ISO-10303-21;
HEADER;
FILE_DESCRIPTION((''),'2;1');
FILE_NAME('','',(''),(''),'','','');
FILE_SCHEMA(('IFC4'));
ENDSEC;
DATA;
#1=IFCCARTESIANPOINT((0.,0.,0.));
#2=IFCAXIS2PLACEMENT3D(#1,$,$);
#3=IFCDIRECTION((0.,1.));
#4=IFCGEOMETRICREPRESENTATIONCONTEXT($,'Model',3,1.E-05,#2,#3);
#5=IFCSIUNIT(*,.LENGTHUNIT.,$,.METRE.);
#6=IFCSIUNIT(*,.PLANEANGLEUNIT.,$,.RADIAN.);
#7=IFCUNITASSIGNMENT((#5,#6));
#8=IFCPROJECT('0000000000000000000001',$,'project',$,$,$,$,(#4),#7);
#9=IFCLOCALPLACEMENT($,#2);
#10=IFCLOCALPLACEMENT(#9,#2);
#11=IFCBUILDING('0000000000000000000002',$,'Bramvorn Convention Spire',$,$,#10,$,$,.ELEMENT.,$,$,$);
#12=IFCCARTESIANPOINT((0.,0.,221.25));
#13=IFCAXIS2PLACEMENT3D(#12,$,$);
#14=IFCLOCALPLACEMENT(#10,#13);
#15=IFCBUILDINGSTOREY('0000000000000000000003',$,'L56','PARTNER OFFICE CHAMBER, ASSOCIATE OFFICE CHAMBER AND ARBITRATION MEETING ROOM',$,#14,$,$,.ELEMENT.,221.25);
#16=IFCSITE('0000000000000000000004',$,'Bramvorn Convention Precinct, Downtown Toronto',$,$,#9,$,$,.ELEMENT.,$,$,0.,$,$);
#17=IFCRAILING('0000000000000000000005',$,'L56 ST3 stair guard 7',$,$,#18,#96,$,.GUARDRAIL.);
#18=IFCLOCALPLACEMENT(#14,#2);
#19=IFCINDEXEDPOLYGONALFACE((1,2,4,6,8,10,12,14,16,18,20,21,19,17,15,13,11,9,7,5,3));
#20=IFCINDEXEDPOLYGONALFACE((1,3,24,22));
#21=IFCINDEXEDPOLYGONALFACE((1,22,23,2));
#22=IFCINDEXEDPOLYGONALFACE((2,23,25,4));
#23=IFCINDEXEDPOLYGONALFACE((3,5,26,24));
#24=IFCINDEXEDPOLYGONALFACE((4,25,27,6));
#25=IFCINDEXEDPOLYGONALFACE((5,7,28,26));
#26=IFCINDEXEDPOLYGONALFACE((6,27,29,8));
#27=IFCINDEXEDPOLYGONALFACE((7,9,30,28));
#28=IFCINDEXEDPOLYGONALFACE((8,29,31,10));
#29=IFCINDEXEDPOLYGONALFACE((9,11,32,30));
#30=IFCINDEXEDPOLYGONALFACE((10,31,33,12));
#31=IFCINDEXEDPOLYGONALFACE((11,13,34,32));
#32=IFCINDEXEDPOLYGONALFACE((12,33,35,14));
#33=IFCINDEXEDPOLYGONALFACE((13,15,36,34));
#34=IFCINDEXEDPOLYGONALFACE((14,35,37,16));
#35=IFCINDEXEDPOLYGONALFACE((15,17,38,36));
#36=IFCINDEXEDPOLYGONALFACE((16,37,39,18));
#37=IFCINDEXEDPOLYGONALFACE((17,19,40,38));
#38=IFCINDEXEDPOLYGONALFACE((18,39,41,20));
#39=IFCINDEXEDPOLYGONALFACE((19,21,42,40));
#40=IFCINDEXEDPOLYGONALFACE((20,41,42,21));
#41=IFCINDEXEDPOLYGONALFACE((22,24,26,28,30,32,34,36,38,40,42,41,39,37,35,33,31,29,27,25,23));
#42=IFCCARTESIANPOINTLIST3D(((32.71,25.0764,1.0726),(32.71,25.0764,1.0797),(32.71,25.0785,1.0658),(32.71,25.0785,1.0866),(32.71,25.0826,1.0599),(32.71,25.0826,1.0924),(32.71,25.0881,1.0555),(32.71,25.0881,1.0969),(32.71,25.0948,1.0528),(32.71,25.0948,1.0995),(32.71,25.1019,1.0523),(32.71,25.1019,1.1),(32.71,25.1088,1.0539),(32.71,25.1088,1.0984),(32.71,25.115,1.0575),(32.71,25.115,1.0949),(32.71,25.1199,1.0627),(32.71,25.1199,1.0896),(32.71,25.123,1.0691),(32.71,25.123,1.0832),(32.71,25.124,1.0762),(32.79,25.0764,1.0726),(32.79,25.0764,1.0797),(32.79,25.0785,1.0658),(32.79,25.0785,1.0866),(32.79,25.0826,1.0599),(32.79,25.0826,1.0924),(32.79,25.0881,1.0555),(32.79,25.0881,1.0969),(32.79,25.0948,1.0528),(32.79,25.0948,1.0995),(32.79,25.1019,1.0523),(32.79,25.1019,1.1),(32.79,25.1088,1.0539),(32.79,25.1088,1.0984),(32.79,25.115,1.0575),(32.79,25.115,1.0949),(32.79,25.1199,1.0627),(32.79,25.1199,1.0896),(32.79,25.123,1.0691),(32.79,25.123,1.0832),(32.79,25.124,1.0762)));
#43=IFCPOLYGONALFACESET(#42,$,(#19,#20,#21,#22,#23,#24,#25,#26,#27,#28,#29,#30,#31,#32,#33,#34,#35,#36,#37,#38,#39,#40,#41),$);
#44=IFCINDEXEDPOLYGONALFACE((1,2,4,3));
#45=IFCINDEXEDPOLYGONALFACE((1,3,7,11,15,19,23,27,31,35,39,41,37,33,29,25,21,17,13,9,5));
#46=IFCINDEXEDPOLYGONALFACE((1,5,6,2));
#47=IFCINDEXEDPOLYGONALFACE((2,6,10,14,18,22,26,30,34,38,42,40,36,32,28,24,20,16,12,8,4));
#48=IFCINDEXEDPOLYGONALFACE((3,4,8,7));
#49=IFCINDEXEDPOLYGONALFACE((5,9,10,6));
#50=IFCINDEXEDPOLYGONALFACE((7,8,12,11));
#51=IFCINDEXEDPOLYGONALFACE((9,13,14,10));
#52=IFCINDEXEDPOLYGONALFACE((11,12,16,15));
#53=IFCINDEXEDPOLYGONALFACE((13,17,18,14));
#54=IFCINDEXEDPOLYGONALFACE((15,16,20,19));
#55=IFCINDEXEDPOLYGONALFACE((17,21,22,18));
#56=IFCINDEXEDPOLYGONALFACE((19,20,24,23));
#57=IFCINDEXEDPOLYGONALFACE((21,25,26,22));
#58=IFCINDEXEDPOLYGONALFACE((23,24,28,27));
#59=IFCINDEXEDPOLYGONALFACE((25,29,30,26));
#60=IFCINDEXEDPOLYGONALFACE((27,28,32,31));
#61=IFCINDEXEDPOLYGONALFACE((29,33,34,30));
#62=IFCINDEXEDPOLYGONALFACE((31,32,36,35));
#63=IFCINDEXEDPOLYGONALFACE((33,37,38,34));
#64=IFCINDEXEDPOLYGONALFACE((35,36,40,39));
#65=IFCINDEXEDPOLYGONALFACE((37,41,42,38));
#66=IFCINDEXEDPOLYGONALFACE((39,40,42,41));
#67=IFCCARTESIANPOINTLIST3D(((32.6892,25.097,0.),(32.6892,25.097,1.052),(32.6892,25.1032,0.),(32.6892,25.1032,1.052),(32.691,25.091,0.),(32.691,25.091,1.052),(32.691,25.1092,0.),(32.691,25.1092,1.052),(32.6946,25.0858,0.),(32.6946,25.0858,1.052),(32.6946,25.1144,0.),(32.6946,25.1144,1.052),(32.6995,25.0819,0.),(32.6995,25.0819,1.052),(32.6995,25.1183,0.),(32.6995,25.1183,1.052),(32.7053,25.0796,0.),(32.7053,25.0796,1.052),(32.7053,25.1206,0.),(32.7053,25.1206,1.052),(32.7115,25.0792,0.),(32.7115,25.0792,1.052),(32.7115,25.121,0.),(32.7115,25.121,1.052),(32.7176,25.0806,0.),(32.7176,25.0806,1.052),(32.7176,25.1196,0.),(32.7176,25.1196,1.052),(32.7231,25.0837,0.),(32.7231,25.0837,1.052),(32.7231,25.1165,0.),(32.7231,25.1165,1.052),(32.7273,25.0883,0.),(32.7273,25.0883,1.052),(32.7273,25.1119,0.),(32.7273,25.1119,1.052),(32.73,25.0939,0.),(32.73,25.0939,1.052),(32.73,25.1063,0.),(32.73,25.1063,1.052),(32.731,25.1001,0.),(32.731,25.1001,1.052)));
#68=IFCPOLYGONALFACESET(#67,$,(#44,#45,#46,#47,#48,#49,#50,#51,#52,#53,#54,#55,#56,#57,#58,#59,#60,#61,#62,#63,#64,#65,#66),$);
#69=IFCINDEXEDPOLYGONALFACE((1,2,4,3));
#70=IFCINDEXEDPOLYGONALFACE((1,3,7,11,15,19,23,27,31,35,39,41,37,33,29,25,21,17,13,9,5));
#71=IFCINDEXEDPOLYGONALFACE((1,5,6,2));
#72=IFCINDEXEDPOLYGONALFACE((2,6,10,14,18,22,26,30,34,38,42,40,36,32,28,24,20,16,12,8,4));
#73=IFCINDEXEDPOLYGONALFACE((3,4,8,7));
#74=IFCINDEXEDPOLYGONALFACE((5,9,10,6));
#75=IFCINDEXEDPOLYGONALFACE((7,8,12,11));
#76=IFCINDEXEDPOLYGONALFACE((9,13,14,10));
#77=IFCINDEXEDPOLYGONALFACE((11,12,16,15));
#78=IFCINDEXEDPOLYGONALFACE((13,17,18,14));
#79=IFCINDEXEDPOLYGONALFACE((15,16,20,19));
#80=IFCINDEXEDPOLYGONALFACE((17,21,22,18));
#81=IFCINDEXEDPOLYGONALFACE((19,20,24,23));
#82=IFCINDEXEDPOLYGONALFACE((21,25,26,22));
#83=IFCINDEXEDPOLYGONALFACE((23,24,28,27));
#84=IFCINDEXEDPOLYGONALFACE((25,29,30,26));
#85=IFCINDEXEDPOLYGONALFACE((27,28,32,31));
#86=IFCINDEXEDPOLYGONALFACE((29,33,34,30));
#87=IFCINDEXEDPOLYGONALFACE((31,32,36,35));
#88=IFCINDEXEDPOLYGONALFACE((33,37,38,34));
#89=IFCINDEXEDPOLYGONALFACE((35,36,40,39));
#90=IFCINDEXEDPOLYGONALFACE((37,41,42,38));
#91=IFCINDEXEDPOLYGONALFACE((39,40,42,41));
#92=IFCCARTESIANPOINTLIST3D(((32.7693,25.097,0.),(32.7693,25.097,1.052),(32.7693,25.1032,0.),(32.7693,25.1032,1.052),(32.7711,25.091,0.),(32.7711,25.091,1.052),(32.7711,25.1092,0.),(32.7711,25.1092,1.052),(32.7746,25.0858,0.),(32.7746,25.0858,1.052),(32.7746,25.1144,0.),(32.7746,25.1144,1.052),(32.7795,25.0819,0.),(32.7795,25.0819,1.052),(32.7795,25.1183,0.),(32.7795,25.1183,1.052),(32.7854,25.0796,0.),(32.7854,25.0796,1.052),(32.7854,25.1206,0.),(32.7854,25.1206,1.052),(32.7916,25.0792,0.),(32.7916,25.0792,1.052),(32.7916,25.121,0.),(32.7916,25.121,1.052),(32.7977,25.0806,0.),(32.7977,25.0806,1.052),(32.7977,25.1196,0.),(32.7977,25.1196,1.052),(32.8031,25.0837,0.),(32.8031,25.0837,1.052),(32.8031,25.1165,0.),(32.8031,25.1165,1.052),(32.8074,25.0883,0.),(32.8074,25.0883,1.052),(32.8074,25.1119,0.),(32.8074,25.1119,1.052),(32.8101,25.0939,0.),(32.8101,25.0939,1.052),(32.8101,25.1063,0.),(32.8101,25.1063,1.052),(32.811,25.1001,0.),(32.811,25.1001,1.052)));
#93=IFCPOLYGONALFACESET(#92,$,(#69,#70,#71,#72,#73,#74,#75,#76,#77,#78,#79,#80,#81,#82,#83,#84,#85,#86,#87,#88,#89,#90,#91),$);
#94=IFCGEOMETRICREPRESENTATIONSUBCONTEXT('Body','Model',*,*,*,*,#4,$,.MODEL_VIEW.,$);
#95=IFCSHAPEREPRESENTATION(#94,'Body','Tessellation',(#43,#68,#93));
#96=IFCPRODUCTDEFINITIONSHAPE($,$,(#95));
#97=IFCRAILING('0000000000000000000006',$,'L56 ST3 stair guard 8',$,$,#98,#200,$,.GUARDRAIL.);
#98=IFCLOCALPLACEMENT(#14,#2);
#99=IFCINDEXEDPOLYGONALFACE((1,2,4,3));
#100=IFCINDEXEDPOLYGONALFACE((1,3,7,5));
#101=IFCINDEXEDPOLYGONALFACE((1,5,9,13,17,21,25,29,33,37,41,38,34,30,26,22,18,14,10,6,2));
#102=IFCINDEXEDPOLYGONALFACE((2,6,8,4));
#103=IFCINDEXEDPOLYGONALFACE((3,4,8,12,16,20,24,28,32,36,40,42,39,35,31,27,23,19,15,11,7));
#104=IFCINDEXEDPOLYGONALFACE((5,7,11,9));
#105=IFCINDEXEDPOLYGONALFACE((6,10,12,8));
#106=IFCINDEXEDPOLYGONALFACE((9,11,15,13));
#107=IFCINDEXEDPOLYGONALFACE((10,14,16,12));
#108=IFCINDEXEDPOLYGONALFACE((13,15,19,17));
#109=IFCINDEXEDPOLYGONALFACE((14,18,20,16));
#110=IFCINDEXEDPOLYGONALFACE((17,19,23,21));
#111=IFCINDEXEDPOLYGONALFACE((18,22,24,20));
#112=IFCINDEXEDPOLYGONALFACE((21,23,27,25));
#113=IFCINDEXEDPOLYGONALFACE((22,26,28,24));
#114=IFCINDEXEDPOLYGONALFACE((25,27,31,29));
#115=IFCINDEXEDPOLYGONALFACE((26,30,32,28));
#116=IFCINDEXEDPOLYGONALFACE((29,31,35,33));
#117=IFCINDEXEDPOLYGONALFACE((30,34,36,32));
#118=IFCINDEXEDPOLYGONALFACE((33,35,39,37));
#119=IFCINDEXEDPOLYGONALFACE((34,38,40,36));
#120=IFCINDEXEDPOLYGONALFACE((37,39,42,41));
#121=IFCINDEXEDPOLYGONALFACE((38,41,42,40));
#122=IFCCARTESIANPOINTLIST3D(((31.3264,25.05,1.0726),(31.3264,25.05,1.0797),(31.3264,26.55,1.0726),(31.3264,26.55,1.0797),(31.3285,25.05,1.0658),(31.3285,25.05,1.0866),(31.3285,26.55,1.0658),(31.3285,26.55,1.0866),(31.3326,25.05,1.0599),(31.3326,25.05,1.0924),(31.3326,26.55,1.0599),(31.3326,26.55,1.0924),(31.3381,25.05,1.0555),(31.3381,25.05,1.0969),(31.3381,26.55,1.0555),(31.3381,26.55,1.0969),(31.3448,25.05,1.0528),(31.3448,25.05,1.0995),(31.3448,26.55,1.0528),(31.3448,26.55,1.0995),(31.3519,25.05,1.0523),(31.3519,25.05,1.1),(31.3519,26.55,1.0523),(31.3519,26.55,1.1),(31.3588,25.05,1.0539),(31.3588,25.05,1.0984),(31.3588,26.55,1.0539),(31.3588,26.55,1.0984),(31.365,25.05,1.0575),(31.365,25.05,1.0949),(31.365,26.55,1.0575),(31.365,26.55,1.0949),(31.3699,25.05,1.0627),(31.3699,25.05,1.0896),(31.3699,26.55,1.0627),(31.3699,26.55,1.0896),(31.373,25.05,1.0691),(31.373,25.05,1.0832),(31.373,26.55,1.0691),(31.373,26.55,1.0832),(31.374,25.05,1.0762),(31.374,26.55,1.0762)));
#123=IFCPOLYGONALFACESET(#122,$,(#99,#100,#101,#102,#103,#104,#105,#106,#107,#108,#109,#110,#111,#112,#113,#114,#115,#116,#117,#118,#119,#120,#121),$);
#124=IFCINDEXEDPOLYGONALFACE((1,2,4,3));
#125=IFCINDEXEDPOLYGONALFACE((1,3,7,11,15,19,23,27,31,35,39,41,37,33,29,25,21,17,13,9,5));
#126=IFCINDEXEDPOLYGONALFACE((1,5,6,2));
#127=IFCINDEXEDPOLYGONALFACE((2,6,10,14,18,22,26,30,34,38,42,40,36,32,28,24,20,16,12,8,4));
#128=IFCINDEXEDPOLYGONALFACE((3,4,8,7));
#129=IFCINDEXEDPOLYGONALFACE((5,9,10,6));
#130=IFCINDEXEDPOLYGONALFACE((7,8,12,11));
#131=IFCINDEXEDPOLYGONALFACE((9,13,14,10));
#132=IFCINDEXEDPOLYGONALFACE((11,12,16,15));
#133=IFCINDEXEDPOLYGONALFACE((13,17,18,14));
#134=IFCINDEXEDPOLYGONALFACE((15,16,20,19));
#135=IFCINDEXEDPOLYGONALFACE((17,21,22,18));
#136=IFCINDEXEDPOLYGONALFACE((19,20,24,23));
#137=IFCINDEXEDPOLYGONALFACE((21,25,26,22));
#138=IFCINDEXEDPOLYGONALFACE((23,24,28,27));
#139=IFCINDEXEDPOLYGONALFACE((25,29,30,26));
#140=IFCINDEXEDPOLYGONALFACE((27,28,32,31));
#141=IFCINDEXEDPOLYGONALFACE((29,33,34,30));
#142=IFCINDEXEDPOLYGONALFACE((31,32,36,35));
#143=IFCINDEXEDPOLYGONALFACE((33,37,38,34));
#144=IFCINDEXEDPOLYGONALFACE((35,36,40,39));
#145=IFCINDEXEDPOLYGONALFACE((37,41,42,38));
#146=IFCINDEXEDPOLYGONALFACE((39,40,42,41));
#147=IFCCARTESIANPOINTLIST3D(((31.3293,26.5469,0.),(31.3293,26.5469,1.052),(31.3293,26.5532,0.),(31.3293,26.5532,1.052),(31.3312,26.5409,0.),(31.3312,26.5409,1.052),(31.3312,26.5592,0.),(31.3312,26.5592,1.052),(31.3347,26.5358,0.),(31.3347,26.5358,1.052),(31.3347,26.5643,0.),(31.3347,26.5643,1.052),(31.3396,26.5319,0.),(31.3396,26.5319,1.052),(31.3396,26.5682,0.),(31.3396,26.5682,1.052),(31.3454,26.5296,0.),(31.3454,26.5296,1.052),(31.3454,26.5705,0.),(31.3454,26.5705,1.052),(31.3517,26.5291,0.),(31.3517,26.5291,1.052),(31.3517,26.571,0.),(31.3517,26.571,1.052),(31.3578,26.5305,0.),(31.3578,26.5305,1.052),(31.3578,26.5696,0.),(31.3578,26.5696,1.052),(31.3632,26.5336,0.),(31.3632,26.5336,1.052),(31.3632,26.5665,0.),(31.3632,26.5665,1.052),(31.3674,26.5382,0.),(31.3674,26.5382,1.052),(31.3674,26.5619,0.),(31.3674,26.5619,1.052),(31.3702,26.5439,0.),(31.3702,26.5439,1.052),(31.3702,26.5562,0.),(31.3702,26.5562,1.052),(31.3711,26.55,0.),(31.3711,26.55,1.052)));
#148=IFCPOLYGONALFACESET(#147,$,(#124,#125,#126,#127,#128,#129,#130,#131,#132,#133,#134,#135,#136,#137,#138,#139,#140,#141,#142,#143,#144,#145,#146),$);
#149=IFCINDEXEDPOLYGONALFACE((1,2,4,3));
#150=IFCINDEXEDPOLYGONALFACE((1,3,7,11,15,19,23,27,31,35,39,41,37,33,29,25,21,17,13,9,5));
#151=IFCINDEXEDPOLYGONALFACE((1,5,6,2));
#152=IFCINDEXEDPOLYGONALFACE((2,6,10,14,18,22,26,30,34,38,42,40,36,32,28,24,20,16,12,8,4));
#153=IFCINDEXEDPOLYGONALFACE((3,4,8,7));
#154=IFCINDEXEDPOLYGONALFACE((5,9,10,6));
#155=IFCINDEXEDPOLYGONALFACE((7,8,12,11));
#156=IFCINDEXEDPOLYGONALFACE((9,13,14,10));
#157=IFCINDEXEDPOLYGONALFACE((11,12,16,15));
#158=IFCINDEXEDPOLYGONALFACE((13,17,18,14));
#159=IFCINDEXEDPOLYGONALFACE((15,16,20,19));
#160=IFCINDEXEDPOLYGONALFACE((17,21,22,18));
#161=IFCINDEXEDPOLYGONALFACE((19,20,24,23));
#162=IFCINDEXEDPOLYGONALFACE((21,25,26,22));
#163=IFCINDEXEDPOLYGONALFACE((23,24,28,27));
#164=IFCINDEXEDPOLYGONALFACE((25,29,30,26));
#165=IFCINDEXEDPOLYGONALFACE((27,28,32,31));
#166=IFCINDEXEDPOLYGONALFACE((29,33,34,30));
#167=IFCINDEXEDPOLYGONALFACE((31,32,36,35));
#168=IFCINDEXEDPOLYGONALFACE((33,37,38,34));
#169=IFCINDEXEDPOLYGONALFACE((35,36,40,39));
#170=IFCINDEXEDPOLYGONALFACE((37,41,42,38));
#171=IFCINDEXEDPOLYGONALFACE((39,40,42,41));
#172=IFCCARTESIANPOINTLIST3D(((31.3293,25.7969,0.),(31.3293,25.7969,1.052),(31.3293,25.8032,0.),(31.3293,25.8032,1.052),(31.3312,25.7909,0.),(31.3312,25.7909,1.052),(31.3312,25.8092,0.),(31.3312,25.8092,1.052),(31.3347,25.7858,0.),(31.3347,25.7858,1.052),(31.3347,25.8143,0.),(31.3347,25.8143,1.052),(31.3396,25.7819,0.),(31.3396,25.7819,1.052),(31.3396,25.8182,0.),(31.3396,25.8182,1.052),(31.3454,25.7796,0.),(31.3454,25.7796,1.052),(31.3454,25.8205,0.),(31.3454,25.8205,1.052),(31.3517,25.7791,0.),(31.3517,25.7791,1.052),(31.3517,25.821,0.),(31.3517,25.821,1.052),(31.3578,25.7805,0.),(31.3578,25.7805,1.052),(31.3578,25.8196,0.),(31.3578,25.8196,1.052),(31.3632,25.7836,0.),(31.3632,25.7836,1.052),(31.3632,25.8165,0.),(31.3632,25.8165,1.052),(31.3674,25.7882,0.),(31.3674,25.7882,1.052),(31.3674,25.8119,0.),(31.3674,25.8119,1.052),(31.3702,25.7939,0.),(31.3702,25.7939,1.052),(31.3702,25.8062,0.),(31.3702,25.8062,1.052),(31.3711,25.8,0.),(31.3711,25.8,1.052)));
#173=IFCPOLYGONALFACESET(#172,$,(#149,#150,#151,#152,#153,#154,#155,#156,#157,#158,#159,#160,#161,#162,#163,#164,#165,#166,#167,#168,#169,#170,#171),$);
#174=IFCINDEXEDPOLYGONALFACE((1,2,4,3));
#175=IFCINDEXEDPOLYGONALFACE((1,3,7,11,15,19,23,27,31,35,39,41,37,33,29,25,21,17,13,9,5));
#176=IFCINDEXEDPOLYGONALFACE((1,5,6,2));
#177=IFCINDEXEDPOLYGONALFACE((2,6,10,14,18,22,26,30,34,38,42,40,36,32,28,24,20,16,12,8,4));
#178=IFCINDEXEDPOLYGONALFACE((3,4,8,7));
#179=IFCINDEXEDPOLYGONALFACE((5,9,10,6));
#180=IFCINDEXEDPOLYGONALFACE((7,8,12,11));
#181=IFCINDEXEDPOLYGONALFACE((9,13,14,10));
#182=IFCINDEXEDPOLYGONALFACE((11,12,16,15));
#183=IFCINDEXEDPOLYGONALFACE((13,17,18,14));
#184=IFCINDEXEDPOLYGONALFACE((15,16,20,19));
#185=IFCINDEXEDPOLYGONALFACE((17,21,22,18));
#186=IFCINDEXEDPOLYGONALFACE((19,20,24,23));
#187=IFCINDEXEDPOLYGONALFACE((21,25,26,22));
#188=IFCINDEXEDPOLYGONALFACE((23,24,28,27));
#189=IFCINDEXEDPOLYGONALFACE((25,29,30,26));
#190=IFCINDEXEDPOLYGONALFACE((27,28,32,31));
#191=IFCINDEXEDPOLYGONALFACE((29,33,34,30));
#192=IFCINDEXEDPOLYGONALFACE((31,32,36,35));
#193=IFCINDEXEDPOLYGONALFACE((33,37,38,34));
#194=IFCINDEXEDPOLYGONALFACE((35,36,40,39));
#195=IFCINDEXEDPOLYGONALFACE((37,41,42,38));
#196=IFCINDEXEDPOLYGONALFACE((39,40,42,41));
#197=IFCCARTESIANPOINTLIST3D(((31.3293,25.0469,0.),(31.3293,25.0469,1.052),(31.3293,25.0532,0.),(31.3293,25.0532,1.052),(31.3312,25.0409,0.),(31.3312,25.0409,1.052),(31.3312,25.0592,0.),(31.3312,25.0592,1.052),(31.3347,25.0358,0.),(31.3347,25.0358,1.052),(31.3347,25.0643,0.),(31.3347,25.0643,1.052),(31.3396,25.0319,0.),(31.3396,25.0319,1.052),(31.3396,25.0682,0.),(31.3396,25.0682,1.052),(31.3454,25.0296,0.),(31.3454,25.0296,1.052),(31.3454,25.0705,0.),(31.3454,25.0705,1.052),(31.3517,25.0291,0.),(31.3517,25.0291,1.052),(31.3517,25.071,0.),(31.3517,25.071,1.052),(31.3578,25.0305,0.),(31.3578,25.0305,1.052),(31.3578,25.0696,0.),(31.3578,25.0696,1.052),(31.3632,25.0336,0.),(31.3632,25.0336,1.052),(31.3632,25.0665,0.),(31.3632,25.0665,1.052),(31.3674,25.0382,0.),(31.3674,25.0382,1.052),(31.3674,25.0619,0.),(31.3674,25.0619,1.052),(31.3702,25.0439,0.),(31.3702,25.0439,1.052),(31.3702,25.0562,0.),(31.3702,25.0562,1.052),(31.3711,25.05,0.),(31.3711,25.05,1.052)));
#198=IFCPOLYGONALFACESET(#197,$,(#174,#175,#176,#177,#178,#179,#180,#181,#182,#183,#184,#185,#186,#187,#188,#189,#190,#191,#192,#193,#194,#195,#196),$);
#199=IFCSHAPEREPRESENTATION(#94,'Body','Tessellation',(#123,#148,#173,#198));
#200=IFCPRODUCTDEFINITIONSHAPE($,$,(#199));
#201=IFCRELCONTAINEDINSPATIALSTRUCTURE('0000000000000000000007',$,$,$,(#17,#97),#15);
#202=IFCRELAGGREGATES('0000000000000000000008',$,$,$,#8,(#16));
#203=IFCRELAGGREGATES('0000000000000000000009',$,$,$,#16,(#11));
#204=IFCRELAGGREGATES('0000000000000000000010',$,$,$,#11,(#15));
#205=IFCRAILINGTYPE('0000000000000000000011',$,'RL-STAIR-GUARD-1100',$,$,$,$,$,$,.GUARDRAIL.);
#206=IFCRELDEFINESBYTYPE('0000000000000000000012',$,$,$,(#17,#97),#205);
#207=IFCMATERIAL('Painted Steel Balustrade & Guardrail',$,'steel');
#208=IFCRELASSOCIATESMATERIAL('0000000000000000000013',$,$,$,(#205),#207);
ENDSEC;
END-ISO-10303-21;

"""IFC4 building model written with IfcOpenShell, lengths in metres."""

from ifc_helpers import new_model, si_unit, direction, frame, origin, origin_2d, place, context, subcontext, project, spatial, circle, extrude, material, type_object, element, save


model = new_model("IFC4")

# Units and contexts
model_context = context("Model", 3, precision=1e-05, world=origin(), true_north=direction((0.0, 1.0)))
body_context = subcontext(model_context, "Body", "Model", "MODEL_VIEW")
ifc_project = project(units=[si_unit("LENGTHUNIT", "METRE"), si_unit("PLANEANGLEUNIT", "RADIAN")], contexts=[model_context])

# Site, building, storey
site_placement = place(None, origin())
site = spatial("IfcSite", under=ifc_project, at=site_placement, Name="Bramvorn Convention Precinct, Downtown Toronto", CompositionType="ELEMENT", RefElevation=0.0)
building_placement = place(site_placement, origin())
building = spatial("IfcBuilding", under=site, at=building_placement, Name="Bramvorn Convention Spire", CompositionType="ELEMENT")
storey_placement = place(building_placement, frame((0.0, 0.0, 221.25)))
storey = spatial("IfcBuildingStorey", under=building, at=storey_placement, Name="L56", Description="PARTNER OFFICE CHAMBER, ASSOCIATE OFFICE CHAMBER AND ARBITRATION MEETING ROOM", CompositionType="ELEMENT", Elevation=221.25)

# Railings
ifc_material_1 = material(Name="Painted Steel Balustrade & Guardrail", Category="steel")
railing_type_1 = type_object("IfcRailingType", Name="RL-STAIR-GUARD-1100", PredefinedType="GUARDRAIL", material=ifc_material_1)
railing_1_placement = place(storey_placement, frame((32.71, 25.1001, 0.0)))
element("IfcRailing", 1, at=railing_1_placement, inside=storey, type_object=railing_type_1, Name="L56 ST3 stair guard 7", PredefinedType="GUARDRAIL", context=body_context, shape_type="SweptSolid", body=[
    extrude(circle(Radius=0.0239, at=origin_2d()), frame((0.0, 0.0, 1.0762), z_axis=(1.0, 0.0, 0.0), x_axis=(0.0, 1.0, 0.0)), (0.0, 0.0, 1.0), 0.0801),
    extrude(circle(Radius=0.021, at=origin_2d()), origin(), (0.0, 0.0, 1.0), 1.052),
    extrude(circle(Radius=0.021, at=origin_2d()), frame((0.0801, 0.0, 0.0)), (0.0, 0.0, 1.0), 1.052),
])
for number, where, name in (
    (2, (31.3501, 26.55, 0.0), "L56 ST3 stair guard 8"),
):
    element("IfcRailing", number, at=place(storey_placement, frame(where)), inside=storey, type_object=railing_type_1, Name=name, PredefinedType="GUARDRAIL", context=body_context, shape_type="SweptSolid", body=[
        extrude(circle(Radius=0.0239, at=origin_2d()), frame((0.0, 0.0, 1.0762), z_axis=(0.0, -1.0, 0.0), x_axis=(1.0, 0.0, 0.0)), (0.0, 0.0, 1.0), 1.5),
        extrude(circle(Radius=0.021, at=origin_2d()), origin(), (0.0, 0.0, 1.0), 1.052),
        extrude(circle(Radius=0.021, at=origin_2d()), frame((0.0, -0.75, 0.0)), (0.0, 0.0, 1.0), 1.052),
        extrude(circle(Radius=0.021, at=origin_2d()), frame((0.0, -1.5, 0.0)), (0.0, 0.0, 1.0), 1.052),
    ])

save(model, "model.ifc")
